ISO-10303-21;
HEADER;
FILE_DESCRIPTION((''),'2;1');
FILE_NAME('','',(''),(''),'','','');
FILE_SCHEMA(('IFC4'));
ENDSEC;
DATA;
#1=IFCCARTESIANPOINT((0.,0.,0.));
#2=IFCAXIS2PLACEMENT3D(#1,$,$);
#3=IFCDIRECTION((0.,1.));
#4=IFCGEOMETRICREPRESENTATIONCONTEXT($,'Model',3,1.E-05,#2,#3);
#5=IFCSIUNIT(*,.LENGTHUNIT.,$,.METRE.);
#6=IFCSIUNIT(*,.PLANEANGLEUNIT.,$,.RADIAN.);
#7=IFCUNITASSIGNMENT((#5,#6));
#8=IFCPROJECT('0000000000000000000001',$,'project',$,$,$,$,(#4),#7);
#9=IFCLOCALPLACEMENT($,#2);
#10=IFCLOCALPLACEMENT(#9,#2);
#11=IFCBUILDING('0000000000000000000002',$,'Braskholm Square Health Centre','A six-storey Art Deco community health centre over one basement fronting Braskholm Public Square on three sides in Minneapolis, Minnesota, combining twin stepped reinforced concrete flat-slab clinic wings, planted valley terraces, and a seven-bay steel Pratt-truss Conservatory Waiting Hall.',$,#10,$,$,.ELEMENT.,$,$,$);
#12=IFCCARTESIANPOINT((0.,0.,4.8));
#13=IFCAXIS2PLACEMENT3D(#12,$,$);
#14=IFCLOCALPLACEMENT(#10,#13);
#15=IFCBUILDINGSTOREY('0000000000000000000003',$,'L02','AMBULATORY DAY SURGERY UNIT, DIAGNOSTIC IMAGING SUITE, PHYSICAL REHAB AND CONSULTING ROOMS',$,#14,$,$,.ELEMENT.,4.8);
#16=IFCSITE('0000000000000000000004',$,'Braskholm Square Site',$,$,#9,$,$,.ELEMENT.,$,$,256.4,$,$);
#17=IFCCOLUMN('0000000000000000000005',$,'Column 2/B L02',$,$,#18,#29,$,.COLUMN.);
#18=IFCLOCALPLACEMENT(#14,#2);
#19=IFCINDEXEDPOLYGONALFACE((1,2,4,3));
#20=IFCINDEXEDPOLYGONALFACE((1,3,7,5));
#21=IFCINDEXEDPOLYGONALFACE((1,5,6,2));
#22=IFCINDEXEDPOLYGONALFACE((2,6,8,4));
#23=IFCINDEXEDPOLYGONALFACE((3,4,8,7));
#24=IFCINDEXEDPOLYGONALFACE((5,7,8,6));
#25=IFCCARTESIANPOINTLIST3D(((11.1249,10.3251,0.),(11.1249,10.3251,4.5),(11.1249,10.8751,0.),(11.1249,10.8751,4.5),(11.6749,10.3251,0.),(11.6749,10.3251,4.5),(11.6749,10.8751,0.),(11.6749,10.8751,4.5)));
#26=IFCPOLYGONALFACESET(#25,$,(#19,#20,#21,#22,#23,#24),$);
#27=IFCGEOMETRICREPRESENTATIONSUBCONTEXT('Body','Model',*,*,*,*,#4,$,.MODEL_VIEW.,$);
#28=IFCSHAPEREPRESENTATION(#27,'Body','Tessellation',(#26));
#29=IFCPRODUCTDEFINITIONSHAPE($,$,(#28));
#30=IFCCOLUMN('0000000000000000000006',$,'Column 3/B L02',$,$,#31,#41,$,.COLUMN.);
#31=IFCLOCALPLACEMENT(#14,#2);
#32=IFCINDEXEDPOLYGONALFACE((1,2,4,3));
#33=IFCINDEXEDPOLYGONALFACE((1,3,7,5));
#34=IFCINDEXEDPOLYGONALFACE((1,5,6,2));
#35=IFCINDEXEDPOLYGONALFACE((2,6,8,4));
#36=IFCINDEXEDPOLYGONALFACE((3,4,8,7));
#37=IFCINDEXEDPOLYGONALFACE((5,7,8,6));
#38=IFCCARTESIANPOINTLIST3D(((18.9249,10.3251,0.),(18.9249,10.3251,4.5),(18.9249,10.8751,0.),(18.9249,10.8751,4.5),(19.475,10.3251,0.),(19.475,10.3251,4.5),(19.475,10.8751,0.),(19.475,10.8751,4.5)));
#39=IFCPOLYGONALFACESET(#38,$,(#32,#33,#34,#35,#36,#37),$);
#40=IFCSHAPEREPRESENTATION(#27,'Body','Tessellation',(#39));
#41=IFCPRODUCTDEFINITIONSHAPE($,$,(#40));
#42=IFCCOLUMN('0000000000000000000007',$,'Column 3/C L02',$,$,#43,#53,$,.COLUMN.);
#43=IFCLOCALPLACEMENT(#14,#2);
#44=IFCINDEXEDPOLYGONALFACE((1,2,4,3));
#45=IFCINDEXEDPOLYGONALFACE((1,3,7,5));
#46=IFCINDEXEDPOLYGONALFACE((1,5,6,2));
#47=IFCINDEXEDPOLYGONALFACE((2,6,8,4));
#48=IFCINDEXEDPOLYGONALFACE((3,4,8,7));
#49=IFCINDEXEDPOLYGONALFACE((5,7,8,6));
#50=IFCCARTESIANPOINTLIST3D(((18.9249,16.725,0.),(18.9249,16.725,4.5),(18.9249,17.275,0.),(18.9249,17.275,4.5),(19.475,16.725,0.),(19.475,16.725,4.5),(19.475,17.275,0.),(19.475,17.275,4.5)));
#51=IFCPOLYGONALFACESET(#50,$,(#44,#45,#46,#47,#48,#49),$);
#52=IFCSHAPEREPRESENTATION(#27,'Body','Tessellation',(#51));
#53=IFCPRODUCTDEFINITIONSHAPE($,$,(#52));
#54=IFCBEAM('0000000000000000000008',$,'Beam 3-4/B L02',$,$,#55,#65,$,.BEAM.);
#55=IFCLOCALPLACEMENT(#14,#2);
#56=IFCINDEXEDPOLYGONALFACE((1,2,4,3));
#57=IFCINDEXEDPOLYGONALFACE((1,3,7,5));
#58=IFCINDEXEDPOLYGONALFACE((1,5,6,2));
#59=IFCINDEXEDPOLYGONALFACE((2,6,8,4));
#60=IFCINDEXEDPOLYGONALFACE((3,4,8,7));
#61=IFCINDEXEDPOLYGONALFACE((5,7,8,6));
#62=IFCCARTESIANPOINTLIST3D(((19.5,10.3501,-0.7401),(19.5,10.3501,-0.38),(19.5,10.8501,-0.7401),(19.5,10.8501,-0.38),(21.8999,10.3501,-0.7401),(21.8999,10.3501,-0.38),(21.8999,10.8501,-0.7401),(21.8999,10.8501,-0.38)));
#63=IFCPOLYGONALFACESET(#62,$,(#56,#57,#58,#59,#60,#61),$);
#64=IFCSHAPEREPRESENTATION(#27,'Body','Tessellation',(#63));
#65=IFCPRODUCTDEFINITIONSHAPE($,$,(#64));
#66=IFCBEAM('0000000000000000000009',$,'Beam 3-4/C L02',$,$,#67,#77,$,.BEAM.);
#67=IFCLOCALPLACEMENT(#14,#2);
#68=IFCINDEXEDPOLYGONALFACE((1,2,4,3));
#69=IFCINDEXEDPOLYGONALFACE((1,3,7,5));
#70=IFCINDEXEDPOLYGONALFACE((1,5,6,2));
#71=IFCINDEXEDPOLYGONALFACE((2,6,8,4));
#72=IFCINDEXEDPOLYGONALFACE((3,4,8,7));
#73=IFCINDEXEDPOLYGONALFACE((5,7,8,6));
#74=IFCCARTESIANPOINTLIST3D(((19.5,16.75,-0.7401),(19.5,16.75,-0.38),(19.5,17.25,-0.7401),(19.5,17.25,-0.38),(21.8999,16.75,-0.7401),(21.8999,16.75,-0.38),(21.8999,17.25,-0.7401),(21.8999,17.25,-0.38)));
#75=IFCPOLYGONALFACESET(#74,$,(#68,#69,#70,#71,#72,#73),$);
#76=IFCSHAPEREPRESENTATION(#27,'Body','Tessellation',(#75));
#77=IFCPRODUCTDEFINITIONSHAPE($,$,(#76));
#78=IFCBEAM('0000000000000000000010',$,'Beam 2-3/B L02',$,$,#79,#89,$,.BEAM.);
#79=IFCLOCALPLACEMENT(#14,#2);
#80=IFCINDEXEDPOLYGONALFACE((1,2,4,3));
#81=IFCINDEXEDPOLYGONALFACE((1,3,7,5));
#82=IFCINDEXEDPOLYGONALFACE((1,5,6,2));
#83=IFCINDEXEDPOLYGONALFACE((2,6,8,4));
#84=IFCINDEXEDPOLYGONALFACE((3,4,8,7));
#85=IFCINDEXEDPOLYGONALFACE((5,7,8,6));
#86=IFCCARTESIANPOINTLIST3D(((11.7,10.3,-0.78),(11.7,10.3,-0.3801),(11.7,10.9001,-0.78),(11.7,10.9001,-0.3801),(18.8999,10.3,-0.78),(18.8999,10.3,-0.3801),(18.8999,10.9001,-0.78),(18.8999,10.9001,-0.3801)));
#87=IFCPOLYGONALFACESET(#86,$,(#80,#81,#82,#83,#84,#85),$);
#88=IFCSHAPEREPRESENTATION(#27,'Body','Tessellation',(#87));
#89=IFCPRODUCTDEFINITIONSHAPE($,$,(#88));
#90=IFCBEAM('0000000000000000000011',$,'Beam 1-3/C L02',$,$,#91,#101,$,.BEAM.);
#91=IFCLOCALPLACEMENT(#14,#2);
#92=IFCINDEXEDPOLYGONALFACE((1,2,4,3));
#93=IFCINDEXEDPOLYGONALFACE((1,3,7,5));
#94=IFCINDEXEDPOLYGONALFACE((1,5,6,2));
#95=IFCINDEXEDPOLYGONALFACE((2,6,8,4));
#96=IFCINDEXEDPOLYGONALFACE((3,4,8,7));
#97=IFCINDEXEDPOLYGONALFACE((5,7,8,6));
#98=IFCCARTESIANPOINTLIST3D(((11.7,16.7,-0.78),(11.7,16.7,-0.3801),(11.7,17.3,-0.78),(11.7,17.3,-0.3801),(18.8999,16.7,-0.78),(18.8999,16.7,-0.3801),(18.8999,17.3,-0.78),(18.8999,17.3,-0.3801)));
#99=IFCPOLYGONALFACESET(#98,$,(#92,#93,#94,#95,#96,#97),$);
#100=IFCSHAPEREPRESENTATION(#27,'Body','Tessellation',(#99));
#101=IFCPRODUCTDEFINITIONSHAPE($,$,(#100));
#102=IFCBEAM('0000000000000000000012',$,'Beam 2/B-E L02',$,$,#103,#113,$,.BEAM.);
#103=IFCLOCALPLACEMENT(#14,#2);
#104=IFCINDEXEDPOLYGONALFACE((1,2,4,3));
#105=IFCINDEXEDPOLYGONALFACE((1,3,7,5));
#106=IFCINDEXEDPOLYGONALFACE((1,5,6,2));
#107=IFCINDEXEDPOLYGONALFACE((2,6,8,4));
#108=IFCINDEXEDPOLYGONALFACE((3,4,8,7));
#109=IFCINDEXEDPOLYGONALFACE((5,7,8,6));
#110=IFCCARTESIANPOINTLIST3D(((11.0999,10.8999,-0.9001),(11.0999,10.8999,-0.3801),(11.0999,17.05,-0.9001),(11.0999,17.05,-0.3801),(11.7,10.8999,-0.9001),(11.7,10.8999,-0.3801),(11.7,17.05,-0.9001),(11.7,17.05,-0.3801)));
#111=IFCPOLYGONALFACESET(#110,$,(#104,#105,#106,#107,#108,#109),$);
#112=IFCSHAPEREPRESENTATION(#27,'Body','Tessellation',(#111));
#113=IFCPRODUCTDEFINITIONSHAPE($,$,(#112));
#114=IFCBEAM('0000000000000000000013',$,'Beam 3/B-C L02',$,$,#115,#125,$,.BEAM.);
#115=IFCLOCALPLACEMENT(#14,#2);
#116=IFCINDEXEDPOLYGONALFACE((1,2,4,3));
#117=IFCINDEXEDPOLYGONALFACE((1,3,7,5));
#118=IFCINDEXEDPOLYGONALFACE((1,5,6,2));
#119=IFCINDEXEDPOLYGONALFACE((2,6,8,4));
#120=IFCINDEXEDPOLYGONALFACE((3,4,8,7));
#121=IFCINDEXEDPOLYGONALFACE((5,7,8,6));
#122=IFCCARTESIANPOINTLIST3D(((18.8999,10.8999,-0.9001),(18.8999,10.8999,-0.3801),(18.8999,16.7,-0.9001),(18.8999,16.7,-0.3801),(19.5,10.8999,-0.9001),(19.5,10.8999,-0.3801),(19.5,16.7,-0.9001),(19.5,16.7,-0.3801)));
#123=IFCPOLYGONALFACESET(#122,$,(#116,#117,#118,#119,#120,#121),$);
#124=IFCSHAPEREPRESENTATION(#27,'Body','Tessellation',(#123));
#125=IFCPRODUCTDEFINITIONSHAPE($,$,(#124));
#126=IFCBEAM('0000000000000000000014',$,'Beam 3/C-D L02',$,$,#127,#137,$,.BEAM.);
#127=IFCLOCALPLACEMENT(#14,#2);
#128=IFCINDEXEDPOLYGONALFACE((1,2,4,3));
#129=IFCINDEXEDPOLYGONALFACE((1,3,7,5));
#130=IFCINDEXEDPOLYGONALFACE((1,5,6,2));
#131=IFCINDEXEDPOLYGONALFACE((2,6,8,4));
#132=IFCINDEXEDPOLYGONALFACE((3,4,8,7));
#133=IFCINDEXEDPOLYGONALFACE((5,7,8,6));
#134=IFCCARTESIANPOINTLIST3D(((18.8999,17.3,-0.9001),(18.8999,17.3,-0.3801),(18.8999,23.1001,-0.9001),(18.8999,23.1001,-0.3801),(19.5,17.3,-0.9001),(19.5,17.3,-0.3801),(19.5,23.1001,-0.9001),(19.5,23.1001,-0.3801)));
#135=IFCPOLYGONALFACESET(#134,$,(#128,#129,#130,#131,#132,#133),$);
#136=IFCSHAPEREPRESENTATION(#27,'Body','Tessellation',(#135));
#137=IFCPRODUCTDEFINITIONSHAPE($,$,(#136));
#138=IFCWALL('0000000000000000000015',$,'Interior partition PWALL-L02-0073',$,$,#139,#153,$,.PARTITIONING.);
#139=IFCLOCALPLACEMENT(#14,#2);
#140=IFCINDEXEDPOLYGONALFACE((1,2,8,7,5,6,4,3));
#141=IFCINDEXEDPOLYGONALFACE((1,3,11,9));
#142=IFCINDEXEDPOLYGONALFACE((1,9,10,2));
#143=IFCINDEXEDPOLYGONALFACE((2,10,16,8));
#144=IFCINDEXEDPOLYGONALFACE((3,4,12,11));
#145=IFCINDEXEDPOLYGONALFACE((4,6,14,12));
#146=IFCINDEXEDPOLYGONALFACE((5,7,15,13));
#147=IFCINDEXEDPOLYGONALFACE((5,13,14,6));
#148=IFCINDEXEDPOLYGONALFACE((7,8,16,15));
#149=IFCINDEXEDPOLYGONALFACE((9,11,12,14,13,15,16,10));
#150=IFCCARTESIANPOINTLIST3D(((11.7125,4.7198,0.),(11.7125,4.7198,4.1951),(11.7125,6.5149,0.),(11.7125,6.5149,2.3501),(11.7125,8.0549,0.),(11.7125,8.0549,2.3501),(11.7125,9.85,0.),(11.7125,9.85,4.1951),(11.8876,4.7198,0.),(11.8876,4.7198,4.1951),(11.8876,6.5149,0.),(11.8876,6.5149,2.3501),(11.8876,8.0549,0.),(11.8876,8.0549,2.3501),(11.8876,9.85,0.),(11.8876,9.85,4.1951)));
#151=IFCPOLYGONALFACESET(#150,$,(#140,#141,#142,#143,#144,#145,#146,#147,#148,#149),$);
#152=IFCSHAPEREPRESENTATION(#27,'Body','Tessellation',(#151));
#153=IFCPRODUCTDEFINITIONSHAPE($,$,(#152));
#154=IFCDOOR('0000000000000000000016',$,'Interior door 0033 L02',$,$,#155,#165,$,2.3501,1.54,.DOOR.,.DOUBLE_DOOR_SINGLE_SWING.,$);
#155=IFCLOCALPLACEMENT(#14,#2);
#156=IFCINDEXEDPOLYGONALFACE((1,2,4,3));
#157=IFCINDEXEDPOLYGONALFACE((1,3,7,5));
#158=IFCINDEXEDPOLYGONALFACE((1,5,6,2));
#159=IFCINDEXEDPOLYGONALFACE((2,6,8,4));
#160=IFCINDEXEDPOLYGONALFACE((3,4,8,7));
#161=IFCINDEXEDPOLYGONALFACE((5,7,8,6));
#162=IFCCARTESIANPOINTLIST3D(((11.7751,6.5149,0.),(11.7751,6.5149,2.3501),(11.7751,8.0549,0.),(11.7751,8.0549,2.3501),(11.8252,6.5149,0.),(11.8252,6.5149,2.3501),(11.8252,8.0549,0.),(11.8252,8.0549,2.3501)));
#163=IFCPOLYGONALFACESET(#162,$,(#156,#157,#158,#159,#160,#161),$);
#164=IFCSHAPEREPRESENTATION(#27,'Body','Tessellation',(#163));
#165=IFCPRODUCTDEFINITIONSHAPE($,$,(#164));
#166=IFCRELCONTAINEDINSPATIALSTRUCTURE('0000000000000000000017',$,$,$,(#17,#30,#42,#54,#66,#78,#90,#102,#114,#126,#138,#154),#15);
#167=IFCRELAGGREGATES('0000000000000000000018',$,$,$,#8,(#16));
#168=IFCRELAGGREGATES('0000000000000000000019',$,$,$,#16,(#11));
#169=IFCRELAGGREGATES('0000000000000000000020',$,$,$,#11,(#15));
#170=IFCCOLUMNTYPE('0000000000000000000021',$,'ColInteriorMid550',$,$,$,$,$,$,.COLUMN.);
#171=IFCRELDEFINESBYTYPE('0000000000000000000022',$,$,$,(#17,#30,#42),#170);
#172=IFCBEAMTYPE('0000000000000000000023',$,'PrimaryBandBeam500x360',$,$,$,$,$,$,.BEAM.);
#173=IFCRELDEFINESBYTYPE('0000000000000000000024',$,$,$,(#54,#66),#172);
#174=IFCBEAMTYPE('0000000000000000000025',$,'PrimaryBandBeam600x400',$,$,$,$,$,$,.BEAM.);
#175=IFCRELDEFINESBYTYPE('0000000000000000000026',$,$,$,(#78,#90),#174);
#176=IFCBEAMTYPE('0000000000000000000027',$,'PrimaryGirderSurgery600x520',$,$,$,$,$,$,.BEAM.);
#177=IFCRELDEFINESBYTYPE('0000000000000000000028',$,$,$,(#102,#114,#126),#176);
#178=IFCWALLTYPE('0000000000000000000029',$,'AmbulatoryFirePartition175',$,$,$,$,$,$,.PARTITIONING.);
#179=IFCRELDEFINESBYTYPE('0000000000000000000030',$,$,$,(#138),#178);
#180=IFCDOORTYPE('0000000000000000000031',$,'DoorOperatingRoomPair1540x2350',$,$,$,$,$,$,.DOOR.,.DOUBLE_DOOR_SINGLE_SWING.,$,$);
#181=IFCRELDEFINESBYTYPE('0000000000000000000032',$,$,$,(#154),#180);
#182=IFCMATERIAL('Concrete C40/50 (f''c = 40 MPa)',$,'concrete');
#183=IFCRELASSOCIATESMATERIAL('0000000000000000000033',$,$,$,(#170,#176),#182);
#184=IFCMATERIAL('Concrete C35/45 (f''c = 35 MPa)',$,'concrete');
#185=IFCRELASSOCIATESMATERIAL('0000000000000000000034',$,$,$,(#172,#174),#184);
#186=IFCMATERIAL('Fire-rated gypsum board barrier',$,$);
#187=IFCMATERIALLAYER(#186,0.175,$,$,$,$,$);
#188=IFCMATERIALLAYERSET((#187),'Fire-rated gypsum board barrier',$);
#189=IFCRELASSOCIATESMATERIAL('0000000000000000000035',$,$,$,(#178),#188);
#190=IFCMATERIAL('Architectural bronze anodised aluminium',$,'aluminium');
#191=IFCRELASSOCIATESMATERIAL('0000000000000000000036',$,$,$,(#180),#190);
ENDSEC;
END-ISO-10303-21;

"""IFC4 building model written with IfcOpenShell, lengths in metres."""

from ifc_helpers import new_model, si_unit, direction, frame, frame_2d, origin, origin_with_axes, origin_2d, place, context, subcontext, project, spatial, rectangle, extrude, material, layer, layer_set, material_profile, profile_set, type_object, element, fill, save


model = new_model("IFC4")

# Units and contexts
model_context = context("Model", 3, precision=1e-05, world=origin(), true_north=direction((0.0, 1.0)))
body_context = subcontext(model_context, "Body", "Model", "MODEL_VIEW")
ifc_project = project(units=[si_unit("LENGTHUNIT", "METRE"), si_unit("PLANEANGLEUNIT", "RADIAN")], contexts=[model_context])

# Site, building, storey
site_placement = place(None, origin())
site = spatial("IfcSite", under=ifc_project, at=site_placement, Name="Braskholm Square Site", CompositionType="ELEMENT", RefElevation=256.4)
building_placement = place(site_placement, origin())
building = spatial("IfcBuilding", under=site, at=building_placement, Name="Braskholm Square Health Centre", Description="A six-storey Art Deco community health centre over one basement fronting Braskholm Public Square on three sides in Minneapolis, Minnesota, combining twin stepped reinforced concrete flat-slab clinic wings, planted valley terraces, and a seven-bay steel Pratt-truss Conservatory Waiting Hall.", CompositionType="ELEMENT")
storey_placement = place(building_placement, frame((0.0, 0.0, 4.8)))
storey = spatial("IfcBuildingStorey", under=building, at=storey_placement, Name="L02", Description="AMBULATORY DAY SURGERY UNIT, DIAGNOSTIC IMAGING SUITE, PHYSICAL REHAB AND CONSULTING ROOMS", CompositionType="ELEMENT", Elevation=4.8)

# Columns
ifc_material_1 = material(Name="Concrete C40/50 (f'c = 40 MPa)", Category="concrete")
ifc_material_profile_1 = material_profile(ifc_material_1, rectangle(XDim=0.55, YDim=0.55, at=origin_2d()), Name="RC-550X550")
ifc_profile_set_1 = profile_set([ifc_material_profile_1], Name="Concrete C40/50 (f'c = 40 MPa)")
column_type = type_object("IfcColumnType", Name="ColInteriorMid550", PredefinedType="COLUMN", material=ifc_profile_set_1)
for number, where, z_axis, x_axis, name in (
    (1, (11.3999, 10.6001, 0.0), (0.0, 0.0, 1.0), (1.0, 0.0, 0.0), "Column 2/B L02"),
    (2, (19.2, 10.6001, 0.0), (0.0, 0.0, 1.0), (1.0, 0.0, 0.0), "Column 3/B L02"),
    (3, (19.2, 17.0, 0.0), (0.0, 0.0, 1.0), (1.0, 0.0, 0.0), "Column 3/C L02"),
):
    element("IfcColumn", number, at=place(storey_placement, frame(where, z_axis=z_axis, x_axis=x_axis)), inside=storey, type_object=column_type, Name=name, PredefinedType="COLUMN", context=body_context, shape_type="SweptSolid", body=[
        extrude(rectangle(XDim=0.55, YDim=0.55, at=origin_2d()), origin(), (0.0, 0.0, 1.0), 4.5),
    ])

# Beams
ifc_material_2 = material(Name="Concrete C35/45 (f'c = 35 MPa)", Category="concrete")
ifc_material_profile_2 = material_profile(ifc_material_2, rectangle(XDim=0.5, YDim=0.3601, at=origin_2d()), Name="RCB-500X360")
ifc_profile_set_2 = profile_set([ifc_material_profile_2], Name="Concrete C35/45 (f'c = 35 MPa)")
beam_type_1 = type_object("IfcBeamType", Name="PrimaryBandBeam500x360", PredefinedType="BEAM", material=ifc_profile_set_2)
for number, where, z_axis, x_axis, name in (
    (4, (19.5, 10.6001, -0.5601), (1.0, 0.0, 0.0), (0.0, 1.0, 0.0), "Beam 3-4/B L02"),
    (5, (19.5, 17.0, -0.5601), (1.0, 0.0, 0.0), (0.0, 1.0, 0.0), "Beam 3-4/C L02"),
):
    element("IfcBeam", number, at=place(storey_placement, frame(where, z_axis=z_axis, x_axis=x_axis)), inside=storey, type_object=beam_type_1, Name=name, PredefinedType="BEAM", context=body_context, shape_type="SweptSolid", body=[
        extrude(rectangle(XDim=0.5, YDim=0.3601, at=origin_2d()), origin(), (0.0, 0.0, 1.0), 2.3999),
    ])
ifc_material_profile_3 = material_profile(ifc_material_2, rectangle(XDim=0.6001, YDim=0.3999, at=origin_2d()), Name="RCB-600X400")
ifc_profile_set_3 = profile_set([ifc_material_profile_3], Name="Concrete C35/45 (f'c = 35 MPa)")
beam_type_2 = type_object("IfcBeamType", Name="PrimaryBandBeam600x400", PredefinedType="BEAM", material=ifc_profile_set_3)
for number, where, z_axis, x_axis, name in (
    (6, (11.7, 10.6001, -0.5801), (1.0, 0.0, 0.0), (0.0, 1.0, 0.0), "Beam 2-3/B L02"),
    (7, (11.7, 17.0, -0.5801), (1.0, 0.0, 0.0), (0.0, 1.0, 0.0), "Beam 1-3/C L02"),
):
    element("IfcBeam", number, at=place(storey_placement, frame(where, z_axis=z_axis, x_axis=x_axis)), inside=storey, type_object=beam_type_2, Name=name, PredefinedType="BEAM", context=body_context, shape_type="SweptSolid", body=[
        extrude(rectangle(XDim=0.6001, YDim=0.3999, at=origin_2d()), origin(), (0.0, 0.0, 1.0), 7.2),
    ])
ifc_material_profile_4 = material_profile(ifc_material_1, rectangle(XDim=0.6001, YDim=0.52, at=origin_2d()), Name="RCB-600X520")
ifc_profile_set_4 = profile_set([ifc_material_profile_4], Name="Concrete C40/50 (f'c = 40 MPa)")
beam_type_3 = type_object("IfcBeamType", Name="PrimaryGirderSurgery600x520", PredefinedType="BEAM", material=ifc_profile_set_4)
beam_placement = place(storey_placement, frame((11.3999, 10.8999, -0.6401), z_axis=(0.0, 1.0, 0.0), x_axis=(-1.0, 0.0, 0.0)))
element("IfcBeam", 8, at=beam_placement, inside=storey, type_object=beam_type_3, Name="Beam 2/B-E L02", PredefinedType="BEAM", context=body_context, shape_type="SweptSolid", body=[
    extrude(rectangle(XDim=0.6001, YDim=0.52, at=origin_2d()), origin(), (0.0, 0.0, 1.0), 6.1501),
])
for number, where, z_axis, x_axis, name in (
    (9, (19.2, 10.8999, -0.6401), (0.0, 1.0, 0.0), (-1.0, 0.0, 0.0), "Beam 3/B-C L02"),
    (10, (19.2, 17.3, -0.6401), (0.0, 1.0, 0.0), (-1.0, 0.0, 0.0), "Beam 3/C-D L02"),
):
    element("IfcBeam", number, at=place(storey_placement, frame(where, z_axis=z_axis, x_axis=x_axis)), inside=storey, type_object=beam_type_3, Name=name, PredefinedType="BEAM", context=body_context, shape_type="SweptSolid", body=[
        extrude(rectangle(XDim=0.6001, YDim=0.52, at=origin_2d()), origin(), (0.0, 0.0, 1.0), 5.8),
    ])

# Wall, opening, door
ifc_material_3 = material(Name="Fire-rated gypsum board barrier")
ifc_layer_1 = layer(ifc_material_3, 0.175)
ifc_layer_set_1 = layer_set([ifc_layer_1], Name="Fire-rated gypsum board barrier")
wall_type_1 = type_object("IfcWallType", Name="AmbulatoryFirePartition175", PredefinedType="PARTITIONING", material=ifc_layer_set_1)
wall_1_placement = place(storey_placement, frame((11.8, 4.72, 0.0), z_axis=(0.0, 0.0, 1.0), x_axis=(0.0, 1.0, 0.0)))
wall_1 = element("IfcWall", 11, at=wall_1_placement, inside=storey, type_object=wall_type_1, Name="Interior partition PWALL-L02-0073", PredefinedType="PARTITIONING", context=body_context, shape_type="SweptSolid", body=[
    extrude(rectangle(XDim=5.1301, YDim=0.175, at=frame_2d((2.5649, 0.0))), origin(), (0.0, 0.0, 1.0), 4.1951),
])
opening_1_placement = place(wall_1_placement, frame((1.7949, 0.0, 0.0)))
opening_1 = element("IfcOpeningElement", 12, at=opening_1_placement, cuts=wall_1, PredefinedType="OPENING", context=body_context, shape_type="SweptSolid", body=[
    extrude(rectangle(XDim=1.54, YDim=2.3501, at=frame_2d((0.77, 1.175))), frame((0.0, 0.0977, 0.0), z_axis=(0.0, -1.0, 0.0), x_axis=(1.0, 0.0, 0.0)), (0.0, 0.0, 1.0), 0.1951),
])
ifc_material_4 = material(Name="Architectural bronze anodised aluminium", Category="aluminium")
door_type_1 = type_object("IfcDoorType", Name="DoorOperatingRoomPair1540x2350", OperationType="DOUBLE_DOOR_SINGLE_SWING", PredefinedType="DOOR", material=ifc_material_4)
door_1_placement = place(opening_1_placement, origin_with_axes())
door_1 = element("IfcDoor", 13, at=door_1_placement, inside=storey, type_object=door_type_1, Name="Interior door 0033 L02", OperationType="DOUBLE_DOOR_SINGLE_SWING", OverallHeight=2.3501, OverallWidth=1.54, PredefinedType="DOOR", context=body_context, shape_type="SweptSolid", body=[
    extrude(rectangle(XDim=1.54, YDim=2.3501, at=frame_2d((0.77, 1.175))), frame((0.0, 0.0249, 0.0), z_axis=(0.0, -1.0, 0.0), x_axis=(1.0, 0.0, 0.0)), (0.0, 0.0, 1.0), 0.05),
])
fill(opening_1, door_1)

save(model, "model.ifc")
